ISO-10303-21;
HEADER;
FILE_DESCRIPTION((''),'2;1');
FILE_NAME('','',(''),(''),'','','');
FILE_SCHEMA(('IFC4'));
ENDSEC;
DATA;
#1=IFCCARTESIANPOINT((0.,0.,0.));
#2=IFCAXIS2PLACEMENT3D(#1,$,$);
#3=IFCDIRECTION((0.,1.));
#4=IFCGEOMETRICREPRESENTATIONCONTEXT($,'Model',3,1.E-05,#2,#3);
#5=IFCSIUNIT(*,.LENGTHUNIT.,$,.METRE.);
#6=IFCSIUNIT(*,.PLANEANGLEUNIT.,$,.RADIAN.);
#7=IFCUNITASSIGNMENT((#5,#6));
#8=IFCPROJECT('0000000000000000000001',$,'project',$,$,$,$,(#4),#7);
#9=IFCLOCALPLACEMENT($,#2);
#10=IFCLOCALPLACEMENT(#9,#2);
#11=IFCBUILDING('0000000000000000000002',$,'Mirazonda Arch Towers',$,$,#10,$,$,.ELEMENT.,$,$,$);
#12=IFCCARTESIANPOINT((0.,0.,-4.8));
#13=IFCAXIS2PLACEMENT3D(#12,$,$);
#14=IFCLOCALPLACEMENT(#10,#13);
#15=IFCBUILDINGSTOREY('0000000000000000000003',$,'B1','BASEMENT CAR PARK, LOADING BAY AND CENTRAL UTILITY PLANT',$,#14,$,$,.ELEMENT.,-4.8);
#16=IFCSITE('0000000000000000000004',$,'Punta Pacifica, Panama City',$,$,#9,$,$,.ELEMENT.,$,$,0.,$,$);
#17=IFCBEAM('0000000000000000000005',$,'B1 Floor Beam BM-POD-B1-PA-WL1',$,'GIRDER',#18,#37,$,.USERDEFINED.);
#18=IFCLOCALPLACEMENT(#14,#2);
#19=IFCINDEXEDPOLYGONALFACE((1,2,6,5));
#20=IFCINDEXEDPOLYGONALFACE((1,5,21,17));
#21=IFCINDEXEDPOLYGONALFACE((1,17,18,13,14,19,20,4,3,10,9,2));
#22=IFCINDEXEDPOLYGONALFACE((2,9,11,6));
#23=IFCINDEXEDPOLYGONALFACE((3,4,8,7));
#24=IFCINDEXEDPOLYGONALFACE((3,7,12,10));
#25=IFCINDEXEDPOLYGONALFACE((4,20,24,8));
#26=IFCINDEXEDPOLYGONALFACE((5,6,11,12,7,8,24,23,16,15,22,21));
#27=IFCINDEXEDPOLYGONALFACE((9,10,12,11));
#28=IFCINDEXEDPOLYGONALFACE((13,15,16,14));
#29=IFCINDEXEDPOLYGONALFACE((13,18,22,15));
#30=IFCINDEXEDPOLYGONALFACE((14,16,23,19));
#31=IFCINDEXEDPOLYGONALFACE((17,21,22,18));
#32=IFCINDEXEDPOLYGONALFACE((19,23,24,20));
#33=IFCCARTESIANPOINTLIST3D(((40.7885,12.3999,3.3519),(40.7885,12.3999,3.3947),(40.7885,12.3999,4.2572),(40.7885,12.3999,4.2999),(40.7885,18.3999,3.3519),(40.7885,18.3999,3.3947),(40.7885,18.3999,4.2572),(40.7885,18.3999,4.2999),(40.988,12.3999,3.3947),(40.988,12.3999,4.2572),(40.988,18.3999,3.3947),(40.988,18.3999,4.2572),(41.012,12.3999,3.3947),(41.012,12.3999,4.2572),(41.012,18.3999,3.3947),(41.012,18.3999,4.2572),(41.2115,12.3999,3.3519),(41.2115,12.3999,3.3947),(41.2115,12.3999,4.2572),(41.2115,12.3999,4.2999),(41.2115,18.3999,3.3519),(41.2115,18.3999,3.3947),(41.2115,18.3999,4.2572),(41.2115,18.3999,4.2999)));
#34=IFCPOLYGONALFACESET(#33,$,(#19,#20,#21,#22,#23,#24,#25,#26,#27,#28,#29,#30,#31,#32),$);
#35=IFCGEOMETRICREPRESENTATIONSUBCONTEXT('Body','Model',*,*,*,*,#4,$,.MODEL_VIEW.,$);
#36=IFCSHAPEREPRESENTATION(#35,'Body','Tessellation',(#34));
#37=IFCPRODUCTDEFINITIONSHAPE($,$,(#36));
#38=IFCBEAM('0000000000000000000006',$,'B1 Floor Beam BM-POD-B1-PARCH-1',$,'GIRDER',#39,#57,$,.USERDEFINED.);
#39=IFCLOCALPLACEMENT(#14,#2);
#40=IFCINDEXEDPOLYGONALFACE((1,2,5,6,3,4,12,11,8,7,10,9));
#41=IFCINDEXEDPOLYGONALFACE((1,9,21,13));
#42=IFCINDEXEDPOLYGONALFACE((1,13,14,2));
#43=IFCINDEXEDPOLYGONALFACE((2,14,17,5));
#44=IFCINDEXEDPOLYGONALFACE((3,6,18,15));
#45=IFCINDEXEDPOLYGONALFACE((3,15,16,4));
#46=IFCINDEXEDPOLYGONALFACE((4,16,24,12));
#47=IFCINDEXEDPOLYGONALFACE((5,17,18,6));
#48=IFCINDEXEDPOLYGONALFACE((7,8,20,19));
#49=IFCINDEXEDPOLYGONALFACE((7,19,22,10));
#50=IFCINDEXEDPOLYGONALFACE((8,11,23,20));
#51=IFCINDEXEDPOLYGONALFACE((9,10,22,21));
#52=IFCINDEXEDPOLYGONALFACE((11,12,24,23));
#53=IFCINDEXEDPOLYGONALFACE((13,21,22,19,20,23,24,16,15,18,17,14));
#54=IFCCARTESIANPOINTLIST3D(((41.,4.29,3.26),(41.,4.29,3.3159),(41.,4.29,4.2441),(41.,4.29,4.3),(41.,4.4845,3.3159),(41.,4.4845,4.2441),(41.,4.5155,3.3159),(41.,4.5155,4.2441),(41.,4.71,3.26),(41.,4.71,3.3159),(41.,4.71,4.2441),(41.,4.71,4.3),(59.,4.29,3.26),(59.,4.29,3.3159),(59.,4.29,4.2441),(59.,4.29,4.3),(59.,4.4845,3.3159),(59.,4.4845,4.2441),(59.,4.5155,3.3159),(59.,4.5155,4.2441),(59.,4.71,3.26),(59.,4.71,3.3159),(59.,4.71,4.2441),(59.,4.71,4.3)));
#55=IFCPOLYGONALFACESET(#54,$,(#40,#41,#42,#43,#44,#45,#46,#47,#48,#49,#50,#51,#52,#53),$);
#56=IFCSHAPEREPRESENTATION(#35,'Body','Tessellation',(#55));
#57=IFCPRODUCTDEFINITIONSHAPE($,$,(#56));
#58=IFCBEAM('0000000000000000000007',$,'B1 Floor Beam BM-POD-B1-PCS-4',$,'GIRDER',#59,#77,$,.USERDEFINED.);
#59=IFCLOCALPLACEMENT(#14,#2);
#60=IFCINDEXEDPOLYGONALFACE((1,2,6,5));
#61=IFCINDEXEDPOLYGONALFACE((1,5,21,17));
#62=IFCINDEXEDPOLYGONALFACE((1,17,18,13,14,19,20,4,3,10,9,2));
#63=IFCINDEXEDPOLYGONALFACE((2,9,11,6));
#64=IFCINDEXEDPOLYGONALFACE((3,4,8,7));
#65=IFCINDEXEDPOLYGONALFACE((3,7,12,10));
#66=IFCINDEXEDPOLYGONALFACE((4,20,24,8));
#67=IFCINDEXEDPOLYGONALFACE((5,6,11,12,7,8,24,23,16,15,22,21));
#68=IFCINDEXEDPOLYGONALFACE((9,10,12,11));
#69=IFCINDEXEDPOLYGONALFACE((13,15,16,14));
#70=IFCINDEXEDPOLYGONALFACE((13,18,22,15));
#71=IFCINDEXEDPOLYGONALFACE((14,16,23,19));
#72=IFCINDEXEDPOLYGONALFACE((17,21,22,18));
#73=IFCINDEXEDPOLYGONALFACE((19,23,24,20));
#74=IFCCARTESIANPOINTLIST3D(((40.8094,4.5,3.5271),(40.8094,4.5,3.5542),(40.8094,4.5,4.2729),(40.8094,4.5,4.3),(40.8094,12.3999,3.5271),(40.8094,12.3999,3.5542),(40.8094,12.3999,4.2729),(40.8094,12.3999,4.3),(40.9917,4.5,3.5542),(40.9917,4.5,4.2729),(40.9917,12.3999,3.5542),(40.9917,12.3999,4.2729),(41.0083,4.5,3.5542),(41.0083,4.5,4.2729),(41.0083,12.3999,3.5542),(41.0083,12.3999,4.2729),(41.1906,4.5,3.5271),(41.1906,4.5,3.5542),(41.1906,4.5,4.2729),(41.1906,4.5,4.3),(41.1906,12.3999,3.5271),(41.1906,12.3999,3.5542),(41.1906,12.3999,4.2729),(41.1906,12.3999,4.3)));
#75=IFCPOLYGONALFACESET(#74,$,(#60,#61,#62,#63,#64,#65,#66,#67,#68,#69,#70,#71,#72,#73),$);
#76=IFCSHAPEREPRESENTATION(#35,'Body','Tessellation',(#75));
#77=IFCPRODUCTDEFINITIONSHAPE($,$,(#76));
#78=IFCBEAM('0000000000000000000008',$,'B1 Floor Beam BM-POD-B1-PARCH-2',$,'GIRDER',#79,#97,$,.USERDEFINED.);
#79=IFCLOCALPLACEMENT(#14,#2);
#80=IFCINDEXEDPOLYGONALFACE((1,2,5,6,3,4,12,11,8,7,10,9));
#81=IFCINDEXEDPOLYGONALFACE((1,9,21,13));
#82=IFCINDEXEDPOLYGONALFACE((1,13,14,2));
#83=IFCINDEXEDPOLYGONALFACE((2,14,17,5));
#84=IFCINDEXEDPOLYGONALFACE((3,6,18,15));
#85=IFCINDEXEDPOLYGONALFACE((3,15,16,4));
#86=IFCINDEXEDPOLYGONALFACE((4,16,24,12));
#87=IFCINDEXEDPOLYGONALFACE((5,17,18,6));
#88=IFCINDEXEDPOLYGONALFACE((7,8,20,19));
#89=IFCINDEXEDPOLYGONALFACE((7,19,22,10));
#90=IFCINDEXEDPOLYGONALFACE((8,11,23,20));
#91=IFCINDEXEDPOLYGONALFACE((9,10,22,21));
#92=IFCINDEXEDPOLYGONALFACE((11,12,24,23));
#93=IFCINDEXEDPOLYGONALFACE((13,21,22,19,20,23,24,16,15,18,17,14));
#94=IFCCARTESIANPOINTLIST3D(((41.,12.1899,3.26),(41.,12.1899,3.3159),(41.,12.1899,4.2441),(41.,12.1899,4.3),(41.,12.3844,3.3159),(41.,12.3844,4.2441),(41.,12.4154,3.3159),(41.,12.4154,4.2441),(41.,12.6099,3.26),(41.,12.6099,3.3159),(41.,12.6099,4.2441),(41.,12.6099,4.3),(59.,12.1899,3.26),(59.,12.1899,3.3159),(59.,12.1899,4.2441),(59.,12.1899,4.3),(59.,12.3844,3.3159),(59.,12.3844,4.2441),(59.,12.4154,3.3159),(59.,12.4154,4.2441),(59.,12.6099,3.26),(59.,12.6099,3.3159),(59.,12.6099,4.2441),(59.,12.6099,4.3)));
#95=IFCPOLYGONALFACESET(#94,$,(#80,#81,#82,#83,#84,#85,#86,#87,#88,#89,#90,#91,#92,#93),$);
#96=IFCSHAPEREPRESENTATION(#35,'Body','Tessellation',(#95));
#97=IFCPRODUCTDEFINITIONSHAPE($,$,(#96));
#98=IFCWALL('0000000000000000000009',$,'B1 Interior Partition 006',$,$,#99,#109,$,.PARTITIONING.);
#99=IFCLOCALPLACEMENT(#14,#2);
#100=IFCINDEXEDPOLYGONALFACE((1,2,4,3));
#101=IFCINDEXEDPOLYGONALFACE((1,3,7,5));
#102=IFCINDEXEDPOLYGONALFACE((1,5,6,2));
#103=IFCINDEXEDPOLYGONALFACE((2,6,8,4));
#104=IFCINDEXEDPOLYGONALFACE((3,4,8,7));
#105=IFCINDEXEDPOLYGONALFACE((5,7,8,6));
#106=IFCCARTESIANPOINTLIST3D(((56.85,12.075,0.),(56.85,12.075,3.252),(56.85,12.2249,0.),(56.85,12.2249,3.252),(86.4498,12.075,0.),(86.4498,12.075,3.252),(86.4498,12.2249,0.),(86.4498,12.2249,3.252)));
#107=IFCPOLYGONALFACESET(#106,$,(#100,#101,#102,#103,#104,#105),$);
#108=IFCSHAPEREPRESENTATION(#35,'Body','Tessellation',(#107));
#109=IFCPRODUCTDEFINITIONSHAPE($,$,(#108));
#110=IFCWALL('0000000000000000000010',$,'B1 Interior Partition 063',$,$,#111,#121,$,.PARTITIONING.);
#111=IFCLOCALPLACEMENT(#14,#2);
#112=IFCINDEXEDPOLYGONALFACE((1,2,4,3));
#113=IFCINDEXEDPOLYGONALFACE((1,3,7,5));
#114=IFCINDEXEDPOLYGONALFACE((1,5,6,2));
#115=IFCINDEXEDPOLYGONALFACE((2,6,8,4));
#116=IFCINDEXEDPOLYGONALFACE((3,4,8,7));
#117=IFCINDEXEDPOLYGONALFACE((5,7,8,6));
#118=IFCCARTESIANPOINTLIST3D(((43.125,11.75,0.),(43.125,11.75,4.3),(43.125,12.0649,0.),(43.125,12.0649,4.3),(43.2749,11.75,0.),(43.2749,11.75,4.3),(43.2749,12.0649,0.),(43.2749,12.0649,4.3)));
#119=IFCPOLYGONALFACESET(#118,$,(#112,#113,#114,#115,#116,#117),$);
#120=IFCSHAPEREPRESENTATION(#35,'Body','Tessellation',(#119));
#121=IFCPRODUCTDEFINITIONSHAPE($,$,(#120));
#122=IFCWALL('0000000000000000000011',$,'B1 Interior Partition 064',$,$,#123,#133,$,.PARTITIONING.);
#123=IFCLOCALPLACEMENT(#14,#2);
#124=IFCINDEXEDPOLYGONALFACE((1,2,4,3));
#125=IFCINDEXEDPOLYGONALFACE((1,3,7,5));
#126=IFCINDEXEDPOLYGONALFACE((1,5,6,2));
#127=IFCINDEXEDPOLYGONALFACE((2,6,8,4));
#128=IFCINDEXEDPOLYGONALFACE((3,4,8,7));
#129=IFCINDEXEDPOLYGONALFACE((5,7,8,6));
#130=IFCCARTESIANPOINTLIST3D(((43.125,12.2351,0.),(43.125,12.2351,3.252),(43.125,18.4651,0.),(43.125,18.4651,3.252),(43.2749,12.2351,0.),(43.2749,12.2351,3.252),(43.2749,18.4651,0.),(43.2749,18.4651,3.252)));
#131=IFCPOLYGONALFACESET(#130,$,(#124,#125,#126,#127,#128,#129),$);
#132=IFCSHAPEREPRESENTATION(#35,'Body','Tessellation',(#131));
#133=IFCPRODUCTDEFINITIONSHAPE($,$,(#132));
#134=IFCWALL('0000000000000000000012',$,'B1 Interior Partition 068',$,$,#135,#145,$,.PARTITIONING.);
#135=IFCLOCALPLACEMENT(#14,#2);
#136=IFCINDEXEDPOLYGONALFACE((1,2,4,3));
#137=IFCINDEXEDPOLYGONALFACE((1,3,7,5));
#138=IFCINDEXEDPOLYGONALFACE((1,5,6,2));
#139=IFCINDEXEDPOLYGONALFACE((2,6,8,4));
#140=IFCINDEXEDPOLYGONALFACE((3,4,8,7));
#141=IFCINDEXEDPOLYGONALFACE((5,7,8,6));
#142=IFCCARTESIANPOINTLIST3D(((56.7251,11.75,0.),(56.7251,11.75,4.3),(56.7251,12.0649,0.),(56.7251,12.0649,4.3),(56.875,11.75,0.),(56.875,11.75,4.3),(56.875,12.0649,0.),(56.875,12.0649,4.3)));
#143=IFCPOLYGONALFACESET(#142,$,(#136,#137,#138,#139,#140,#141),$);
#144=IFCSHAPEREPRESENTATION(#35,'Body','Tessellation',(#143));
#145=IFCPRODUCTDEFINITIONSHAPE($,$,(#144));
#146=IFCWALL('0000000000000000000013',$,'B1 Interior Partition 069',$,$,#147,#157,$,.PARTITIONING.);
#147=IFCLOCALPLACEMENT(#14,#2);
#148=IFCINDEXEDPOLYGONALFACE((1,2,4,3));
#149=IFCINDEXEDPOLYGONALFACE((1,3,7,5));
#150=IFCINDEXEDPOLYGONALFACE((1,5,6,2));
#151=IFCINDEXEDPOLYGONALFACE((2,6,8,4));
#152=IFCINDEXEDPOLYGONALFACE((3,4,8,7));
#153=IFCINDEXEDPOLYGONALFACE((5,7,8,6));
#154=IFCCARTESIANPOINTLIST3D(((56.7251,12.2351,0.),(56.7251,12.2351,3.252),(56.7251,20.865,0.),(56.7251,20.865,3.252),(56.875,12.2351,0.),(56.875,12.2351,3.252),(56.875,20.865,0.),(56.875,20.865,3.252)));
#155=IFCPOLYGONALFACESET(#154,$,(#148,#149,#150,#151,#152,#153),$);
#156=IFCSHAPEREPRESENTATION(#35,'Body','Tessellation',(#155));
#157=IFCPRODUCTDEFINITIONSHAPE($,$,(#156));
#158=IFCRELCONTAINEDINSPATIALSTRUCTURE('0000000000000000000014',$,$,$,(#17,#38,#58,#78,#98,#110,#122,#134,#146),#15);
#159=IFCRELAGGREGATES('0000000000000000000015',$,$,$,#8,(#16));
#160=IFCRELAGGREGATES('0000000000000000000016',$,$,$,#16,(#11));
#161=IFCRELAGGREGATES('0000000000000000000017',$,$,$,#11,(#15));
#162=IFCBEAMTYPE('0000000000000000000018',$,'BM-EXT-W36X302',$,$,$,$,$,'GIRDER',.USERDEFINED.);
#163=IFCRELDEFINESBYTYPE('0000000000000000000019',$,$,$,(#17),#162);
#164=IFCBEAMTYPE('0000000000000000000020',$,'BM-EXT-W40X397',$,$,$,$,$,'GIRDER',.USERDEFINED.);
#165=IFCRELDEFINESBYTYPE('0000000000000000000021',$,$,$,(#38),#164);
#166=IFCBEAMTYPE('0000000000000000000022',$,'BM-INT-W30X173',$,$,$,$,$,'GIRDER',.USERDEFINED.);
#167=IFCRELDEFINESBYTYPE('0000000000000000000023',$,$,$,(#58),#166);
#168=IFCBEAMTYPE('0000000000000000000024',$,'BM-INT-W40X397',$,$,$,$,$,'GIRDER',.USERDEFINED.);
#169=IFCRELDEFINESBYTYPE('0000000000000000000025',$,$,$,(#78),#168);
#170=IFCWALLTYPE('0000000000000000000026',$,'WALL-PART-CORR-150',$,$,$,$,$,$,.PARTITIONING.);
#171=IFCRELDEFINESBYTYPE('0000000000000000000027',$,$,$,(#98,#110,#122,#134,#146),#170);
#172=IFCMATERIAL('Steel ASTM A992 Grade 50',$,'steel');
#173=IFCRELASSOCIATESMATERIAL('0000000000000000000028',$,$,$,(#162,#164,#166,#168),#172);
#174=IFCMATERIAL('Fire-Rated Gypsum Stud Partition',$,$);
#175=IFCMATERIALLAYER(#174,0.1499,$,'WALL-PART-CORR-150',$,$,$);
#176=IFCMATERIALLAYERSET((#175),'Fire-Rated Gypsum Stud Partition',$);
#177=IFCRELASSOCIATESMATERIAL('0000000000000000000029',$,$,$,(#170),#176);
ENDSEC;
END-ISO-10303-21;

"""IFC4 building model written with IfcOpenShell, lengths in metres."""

from ifc_helpers import new_model, si_unit, direction, frame, frame_2d, origin, origin_2d, place, context, subcontext, project, spatial, rectangle, i_section, extrude, material, layer, layer_set, material_profile, profile_set, type_object, element, save


model = new_model("IFC4")

# Units and contexts
model_context = context("Model", 3, precision=1e-05, world=origin(), true_north=direction((0.0, 1.0)))
body_context = subcontext(model_context, "Body", "Model", "MODEL_VIEW")
ifc_project = project(units=[si_unit("LENGTHUNIT", "METRE"), si_unit("PLANEANGLEUNIT", "RADIAN")], contexts=[model_context])

# Site, building, storey
site_placement = place(None, origin())
site = spatial("IfcSite", under=ifc_project, at=site_placement, Name="Punta Pacifica, Panama City", CompositionType="ELEMENT", RefElevation=0.0)
building_placement = place(site_placement, origin())
building = spatial("IfcBuilding", under=site, at=building_placement, Name="Mirazonda Arch Towers", CompositionType="ELEMENT")
storey_placement = place(building_placement, frame((0.0, 0.0, -4.8)))
storey = spatial("IfcBuildingStorey", under=building, at=storey_placement, Name="B1", Description="BASEMENT CAR PARK, LOADING BAY AND CENTRAL UTILITY PLANT", CompositionType="ELEMENT", Elevation=-4.8)

# Beams
ifc_material_1 = material(Name="Steel ASTM A992 Grade 50", Category="steel")
ifc_material_profile_1 = material_profile(ifc_material_1, i_section(OverallWidth=0.4231, OverallDepth=0.948, WebThickness=0.0239, FlangeThickness=0.0427, at=origin_2d()), Name="W36X302")
ifc_profile_set_1 = profile_set([ifc_material_profile_1], Name="Steel ASTM A992 Grade 50")
beam_type_1 = type_object("IfcBeamType", Name="BM-EXT-W36X302", ElementType="GIRDER", PredefinedType="USERDEFINED", material=ifc_profile_set_1)
beam_1_placement = place(storey_placement, frame((41.0, 12.3999, 3.8259), z_axis=(0.0, 1.0, 0.0), x_axis=(-1.0, 0.0, 0.0)))
element("IfcBeam", 1, at=beam_1_placement, inside=storey, type_object=beam_type_1, Name="B1 Floor Beam BM-POD-B1-PA-WL1", ObjectType="GIRDER", PredefinedType="USERDEFINED", context=body_context, shape_type="SweptSolid", body=[
    extrude(i_section(OverallWidth=0.4231, OverallDepth=0.948, WebThickness=0.0239, FlangeThickness=0.0427, at=origin_2d()), origin(), (0.0, 0.0, 1.0), 6.0),
])
ifc_material_profile_2 = material_profile(ifc_material_1, i_section(OverallWidth=0.4199, OverallDepth=1.04, WebThickness=0.031, FlangeThickness=0.0559, at=origin_2d()), Name="W40X397")
ifc_profile_set_2 = profile_set([ifc_material_profile_2], Name="Steel ASTM A992 Grade 50")
beam_type_2 = type_object("IfcBeamType", Name="BM-EXT-W40X397", ElementType="GIRDER", PredefinedType="USERDEFINED", material=ifc_profile_set_2)
beam_2_placement = place(storey_placement, frame((41.0, 4.5, 3.78), z_axis=(1.0, 0.0, 0.0), x_axis=(0.0, 1.0, 0.0)))
element("IfcBeam", 2, at=beam_2_placement, inside=storey, type_object=beam_type_2, Name="B1 Floor Beam BM-POD-B1-PARCH-1", ObjectType="GIRDER", PredefinedType="USERDEFINED", context=body_context, shape_type="SweptSolid", body=[
    extrude(i_section(OverallWidth=0.4199, OverallDepth=1.04, WebThickness=0.031, FlangeThickness=0.0559, at=origin_2d()), origin(), (0.0, 0.0, 1.0), 18.0),
])
ifc_material_profile_3 = material_profile(ifc_material_1, i_section(OverallWidth=0.3811, OverallDepth=0.7729, WebThickness=0.0166, FlangeThickness=0.0271, at=origin_2d()), Name="W30X173")
ifc_profile_set_3 = profile_set([ifc_material_profile_3], Name="Steel ASTM A992 Grade 50")
beam_type_3 = type_object("IfcBeamType", Name="BM-INT-W30X173", ElementType="GIRDER", PredefinedType="USERDEFINED", material=ifc_profile_set_3)
beam_3_placement = place(storey_placement, frame((41.0, 4.5, 3.9136), z_axis=(0.0, 1.0, 0.0), x_axis=(-1.0, 0.0, 0.0)))
element("IfcBeam", 3, at=beam_3_placement, inside=storey, type_object=beam_type_3, Name="B1 Floor Beam BM-POD-B1-PCS-4", ObjectType="GIRDER", PredefinedType="USERDEFINED", context=body_context, shape_type="SweptSolid", body=[
    extrude(i_section(OverallWidth=0.3811, OverallDepth=0.7729, WebThickness=0.0166, FlangeThickness=0.0271, at=origin_2d()), origin(), (0.0, 0.0, 1.0), 7.8999),
])
ifc_material_profile_4 = material_profile(ifc_material_1, i_section(OverallWidth=0.4199, OverallDepth=1.04, WebThickness=0.031, FlangeThickness=0.0559, at=origin_2d()), Name="W40X397")
ifc_profile_set_4 = profile_set([ifc_material_profile_4], Name="Steel ASTM A992 Grade 50")
beam_type_4 = type_object("IfcBeamType", Name="BM-INT-W40X397", ElementType="GIRDER", PredefinedType="USERDEFINED", material=ifc_profile_set_4)
beam_4_placement = place(storey_placement, frame((41.0, 12.3999, 3.78), z_axis=(1.0, 0.0, 0.0), x_axis=(0.0, 1.0, 0.0)))
element("IfcBeam", 4, at=beam_4_placement, inside=storey, type_object=beam_type_4, Name="B1 Floor Beam BM-POD-B1-PARCH-2", ObjectType="GIRDER", PredefinedType="USERDEFINED", context=body_context, shape_type="SweptSolid", body=[
    extrude(i_section(OverallWidth=0.4199, OverallDepth=1.04, WebThickness=0.031, FlangeThickness=0.0559, at=origin_2d()), origin(), (0.0, 0.0, 1.0), 18.0),
])

# Walls
ifc_material_2 = material(Name="Fire-Rated Gypsum Stud Partition")
ifc_layer = layer(ifc_material_2, 0.1499, Name="WALL-PART-CORR-150")
ifc_layer_set = layer_set([ifc_layer], Name="Fire-Rated Gypsum Stud Partition")
wall_type = type_object("IfcWallType", Name="WALL-PART-CORR-150", PredefinedType="PARTITIONING", material=ifc_layer_set)
wall_1_placement = place(storey_placement, frame((56.8501, 12.1499, 0.0), z_axis=(0.0, 0.0, 1.0), x_axis=(1.0, 0.0, 0.0)))
element("IfcWall", 5, at=wall_1_placement, inside=storey, type_object=wall_type, Name="B1 Interior Partition 006", PredefinedType="PARTITIONING", context=body_context, shape_type="SweptSolid", body=[
    extrude(rectangle(XDim=29.5999, YDim=0.1499, at=frame_2d((14.7998, 0.0))), origin(), (0.0, 0.0, 1.0), 3.252),
])
wall_2_placement = place(storey_placement, frame((43.2, 11.75, 0.0), z_axis=(0.0, 0.0, 1.0), x_axis=(0.0, 1.0, 0.0)))
element("IfcWall", 6, at=wall_2_placement, inside=storey, type_object=wall_type, Name="B1 Interior Partition 063", PredefinedType="PARTITIONING", context=body_context, shape_type="SweptSolid", body=[
    extrude(rectangle(XDim=0.3149, YDim=0.1499, at=frame_2d((0.1575, 0.0))), origin(), (0.0, 0.0, 1.0), 4.3),
])
wall_3_placement = place(storey_placement, frame((43.2, 12.2351, 0.0), z_axis=(0.0, 0.0, 1.0), x_axis=(0.0, 1.0, 0.0)))
element("IfcWall", 7, at=wall_3_placement, inside=storey, type_object=wall_type, Name="B1 Interior Partition 064", PredefinedType="PARTITIONING", context=body_context, shape_type="SweptSolid", body=[
    extrude(rectangle(XDim=6.23, YDim=0.1499, at=frame_2d((3.115, 0.0))), origin(), (0.0, 0.0, 1.0), 3.252),
])
wall_4_placement = place(storey_placement, frame((56.8, 11.75, 0.0), z_axis=(0.0, 0.0, 1.0), x_axis=(0.0, 1.0, 0.0)))
element("IfcWall", 8, at=wall_4_placement, inside=storey, type_object=wall_type, Name="B1 Interior Partition 068", PredefinedType="PARTITIONING", context=body_context, shape_type="SweptSolid", body=[
    extrude(rectangle(XDim=0.3149, YDim=0.1499, at=frame_2d((0.1575, 0.0))), origin(), (0.0, 0.0, 1.0), 4.3),
])
wall_5_placement = place(storey_placement, frame((56.8, 12.2351, 0.0), z_axis=(0.0, 0.0, 1.0), x_axis=(0.0, 1.0, 0.0)))
element("IfcWall", 9, at=wall_5_placement, inside=storey, type_object=wall_type, Name="B1 Interior Partition 069", PredefinedType="PARTITIONING", context=body_context, shape_type="SweptSolid", body=[
    extrude(rectangle(XDim=8.6299, YDim=0.1499, at=frame_2d((4.3149, 0.0))), origin(), (0.0, 0.0, 1.0), 3.252),
])

save(model, "model.ifc")
